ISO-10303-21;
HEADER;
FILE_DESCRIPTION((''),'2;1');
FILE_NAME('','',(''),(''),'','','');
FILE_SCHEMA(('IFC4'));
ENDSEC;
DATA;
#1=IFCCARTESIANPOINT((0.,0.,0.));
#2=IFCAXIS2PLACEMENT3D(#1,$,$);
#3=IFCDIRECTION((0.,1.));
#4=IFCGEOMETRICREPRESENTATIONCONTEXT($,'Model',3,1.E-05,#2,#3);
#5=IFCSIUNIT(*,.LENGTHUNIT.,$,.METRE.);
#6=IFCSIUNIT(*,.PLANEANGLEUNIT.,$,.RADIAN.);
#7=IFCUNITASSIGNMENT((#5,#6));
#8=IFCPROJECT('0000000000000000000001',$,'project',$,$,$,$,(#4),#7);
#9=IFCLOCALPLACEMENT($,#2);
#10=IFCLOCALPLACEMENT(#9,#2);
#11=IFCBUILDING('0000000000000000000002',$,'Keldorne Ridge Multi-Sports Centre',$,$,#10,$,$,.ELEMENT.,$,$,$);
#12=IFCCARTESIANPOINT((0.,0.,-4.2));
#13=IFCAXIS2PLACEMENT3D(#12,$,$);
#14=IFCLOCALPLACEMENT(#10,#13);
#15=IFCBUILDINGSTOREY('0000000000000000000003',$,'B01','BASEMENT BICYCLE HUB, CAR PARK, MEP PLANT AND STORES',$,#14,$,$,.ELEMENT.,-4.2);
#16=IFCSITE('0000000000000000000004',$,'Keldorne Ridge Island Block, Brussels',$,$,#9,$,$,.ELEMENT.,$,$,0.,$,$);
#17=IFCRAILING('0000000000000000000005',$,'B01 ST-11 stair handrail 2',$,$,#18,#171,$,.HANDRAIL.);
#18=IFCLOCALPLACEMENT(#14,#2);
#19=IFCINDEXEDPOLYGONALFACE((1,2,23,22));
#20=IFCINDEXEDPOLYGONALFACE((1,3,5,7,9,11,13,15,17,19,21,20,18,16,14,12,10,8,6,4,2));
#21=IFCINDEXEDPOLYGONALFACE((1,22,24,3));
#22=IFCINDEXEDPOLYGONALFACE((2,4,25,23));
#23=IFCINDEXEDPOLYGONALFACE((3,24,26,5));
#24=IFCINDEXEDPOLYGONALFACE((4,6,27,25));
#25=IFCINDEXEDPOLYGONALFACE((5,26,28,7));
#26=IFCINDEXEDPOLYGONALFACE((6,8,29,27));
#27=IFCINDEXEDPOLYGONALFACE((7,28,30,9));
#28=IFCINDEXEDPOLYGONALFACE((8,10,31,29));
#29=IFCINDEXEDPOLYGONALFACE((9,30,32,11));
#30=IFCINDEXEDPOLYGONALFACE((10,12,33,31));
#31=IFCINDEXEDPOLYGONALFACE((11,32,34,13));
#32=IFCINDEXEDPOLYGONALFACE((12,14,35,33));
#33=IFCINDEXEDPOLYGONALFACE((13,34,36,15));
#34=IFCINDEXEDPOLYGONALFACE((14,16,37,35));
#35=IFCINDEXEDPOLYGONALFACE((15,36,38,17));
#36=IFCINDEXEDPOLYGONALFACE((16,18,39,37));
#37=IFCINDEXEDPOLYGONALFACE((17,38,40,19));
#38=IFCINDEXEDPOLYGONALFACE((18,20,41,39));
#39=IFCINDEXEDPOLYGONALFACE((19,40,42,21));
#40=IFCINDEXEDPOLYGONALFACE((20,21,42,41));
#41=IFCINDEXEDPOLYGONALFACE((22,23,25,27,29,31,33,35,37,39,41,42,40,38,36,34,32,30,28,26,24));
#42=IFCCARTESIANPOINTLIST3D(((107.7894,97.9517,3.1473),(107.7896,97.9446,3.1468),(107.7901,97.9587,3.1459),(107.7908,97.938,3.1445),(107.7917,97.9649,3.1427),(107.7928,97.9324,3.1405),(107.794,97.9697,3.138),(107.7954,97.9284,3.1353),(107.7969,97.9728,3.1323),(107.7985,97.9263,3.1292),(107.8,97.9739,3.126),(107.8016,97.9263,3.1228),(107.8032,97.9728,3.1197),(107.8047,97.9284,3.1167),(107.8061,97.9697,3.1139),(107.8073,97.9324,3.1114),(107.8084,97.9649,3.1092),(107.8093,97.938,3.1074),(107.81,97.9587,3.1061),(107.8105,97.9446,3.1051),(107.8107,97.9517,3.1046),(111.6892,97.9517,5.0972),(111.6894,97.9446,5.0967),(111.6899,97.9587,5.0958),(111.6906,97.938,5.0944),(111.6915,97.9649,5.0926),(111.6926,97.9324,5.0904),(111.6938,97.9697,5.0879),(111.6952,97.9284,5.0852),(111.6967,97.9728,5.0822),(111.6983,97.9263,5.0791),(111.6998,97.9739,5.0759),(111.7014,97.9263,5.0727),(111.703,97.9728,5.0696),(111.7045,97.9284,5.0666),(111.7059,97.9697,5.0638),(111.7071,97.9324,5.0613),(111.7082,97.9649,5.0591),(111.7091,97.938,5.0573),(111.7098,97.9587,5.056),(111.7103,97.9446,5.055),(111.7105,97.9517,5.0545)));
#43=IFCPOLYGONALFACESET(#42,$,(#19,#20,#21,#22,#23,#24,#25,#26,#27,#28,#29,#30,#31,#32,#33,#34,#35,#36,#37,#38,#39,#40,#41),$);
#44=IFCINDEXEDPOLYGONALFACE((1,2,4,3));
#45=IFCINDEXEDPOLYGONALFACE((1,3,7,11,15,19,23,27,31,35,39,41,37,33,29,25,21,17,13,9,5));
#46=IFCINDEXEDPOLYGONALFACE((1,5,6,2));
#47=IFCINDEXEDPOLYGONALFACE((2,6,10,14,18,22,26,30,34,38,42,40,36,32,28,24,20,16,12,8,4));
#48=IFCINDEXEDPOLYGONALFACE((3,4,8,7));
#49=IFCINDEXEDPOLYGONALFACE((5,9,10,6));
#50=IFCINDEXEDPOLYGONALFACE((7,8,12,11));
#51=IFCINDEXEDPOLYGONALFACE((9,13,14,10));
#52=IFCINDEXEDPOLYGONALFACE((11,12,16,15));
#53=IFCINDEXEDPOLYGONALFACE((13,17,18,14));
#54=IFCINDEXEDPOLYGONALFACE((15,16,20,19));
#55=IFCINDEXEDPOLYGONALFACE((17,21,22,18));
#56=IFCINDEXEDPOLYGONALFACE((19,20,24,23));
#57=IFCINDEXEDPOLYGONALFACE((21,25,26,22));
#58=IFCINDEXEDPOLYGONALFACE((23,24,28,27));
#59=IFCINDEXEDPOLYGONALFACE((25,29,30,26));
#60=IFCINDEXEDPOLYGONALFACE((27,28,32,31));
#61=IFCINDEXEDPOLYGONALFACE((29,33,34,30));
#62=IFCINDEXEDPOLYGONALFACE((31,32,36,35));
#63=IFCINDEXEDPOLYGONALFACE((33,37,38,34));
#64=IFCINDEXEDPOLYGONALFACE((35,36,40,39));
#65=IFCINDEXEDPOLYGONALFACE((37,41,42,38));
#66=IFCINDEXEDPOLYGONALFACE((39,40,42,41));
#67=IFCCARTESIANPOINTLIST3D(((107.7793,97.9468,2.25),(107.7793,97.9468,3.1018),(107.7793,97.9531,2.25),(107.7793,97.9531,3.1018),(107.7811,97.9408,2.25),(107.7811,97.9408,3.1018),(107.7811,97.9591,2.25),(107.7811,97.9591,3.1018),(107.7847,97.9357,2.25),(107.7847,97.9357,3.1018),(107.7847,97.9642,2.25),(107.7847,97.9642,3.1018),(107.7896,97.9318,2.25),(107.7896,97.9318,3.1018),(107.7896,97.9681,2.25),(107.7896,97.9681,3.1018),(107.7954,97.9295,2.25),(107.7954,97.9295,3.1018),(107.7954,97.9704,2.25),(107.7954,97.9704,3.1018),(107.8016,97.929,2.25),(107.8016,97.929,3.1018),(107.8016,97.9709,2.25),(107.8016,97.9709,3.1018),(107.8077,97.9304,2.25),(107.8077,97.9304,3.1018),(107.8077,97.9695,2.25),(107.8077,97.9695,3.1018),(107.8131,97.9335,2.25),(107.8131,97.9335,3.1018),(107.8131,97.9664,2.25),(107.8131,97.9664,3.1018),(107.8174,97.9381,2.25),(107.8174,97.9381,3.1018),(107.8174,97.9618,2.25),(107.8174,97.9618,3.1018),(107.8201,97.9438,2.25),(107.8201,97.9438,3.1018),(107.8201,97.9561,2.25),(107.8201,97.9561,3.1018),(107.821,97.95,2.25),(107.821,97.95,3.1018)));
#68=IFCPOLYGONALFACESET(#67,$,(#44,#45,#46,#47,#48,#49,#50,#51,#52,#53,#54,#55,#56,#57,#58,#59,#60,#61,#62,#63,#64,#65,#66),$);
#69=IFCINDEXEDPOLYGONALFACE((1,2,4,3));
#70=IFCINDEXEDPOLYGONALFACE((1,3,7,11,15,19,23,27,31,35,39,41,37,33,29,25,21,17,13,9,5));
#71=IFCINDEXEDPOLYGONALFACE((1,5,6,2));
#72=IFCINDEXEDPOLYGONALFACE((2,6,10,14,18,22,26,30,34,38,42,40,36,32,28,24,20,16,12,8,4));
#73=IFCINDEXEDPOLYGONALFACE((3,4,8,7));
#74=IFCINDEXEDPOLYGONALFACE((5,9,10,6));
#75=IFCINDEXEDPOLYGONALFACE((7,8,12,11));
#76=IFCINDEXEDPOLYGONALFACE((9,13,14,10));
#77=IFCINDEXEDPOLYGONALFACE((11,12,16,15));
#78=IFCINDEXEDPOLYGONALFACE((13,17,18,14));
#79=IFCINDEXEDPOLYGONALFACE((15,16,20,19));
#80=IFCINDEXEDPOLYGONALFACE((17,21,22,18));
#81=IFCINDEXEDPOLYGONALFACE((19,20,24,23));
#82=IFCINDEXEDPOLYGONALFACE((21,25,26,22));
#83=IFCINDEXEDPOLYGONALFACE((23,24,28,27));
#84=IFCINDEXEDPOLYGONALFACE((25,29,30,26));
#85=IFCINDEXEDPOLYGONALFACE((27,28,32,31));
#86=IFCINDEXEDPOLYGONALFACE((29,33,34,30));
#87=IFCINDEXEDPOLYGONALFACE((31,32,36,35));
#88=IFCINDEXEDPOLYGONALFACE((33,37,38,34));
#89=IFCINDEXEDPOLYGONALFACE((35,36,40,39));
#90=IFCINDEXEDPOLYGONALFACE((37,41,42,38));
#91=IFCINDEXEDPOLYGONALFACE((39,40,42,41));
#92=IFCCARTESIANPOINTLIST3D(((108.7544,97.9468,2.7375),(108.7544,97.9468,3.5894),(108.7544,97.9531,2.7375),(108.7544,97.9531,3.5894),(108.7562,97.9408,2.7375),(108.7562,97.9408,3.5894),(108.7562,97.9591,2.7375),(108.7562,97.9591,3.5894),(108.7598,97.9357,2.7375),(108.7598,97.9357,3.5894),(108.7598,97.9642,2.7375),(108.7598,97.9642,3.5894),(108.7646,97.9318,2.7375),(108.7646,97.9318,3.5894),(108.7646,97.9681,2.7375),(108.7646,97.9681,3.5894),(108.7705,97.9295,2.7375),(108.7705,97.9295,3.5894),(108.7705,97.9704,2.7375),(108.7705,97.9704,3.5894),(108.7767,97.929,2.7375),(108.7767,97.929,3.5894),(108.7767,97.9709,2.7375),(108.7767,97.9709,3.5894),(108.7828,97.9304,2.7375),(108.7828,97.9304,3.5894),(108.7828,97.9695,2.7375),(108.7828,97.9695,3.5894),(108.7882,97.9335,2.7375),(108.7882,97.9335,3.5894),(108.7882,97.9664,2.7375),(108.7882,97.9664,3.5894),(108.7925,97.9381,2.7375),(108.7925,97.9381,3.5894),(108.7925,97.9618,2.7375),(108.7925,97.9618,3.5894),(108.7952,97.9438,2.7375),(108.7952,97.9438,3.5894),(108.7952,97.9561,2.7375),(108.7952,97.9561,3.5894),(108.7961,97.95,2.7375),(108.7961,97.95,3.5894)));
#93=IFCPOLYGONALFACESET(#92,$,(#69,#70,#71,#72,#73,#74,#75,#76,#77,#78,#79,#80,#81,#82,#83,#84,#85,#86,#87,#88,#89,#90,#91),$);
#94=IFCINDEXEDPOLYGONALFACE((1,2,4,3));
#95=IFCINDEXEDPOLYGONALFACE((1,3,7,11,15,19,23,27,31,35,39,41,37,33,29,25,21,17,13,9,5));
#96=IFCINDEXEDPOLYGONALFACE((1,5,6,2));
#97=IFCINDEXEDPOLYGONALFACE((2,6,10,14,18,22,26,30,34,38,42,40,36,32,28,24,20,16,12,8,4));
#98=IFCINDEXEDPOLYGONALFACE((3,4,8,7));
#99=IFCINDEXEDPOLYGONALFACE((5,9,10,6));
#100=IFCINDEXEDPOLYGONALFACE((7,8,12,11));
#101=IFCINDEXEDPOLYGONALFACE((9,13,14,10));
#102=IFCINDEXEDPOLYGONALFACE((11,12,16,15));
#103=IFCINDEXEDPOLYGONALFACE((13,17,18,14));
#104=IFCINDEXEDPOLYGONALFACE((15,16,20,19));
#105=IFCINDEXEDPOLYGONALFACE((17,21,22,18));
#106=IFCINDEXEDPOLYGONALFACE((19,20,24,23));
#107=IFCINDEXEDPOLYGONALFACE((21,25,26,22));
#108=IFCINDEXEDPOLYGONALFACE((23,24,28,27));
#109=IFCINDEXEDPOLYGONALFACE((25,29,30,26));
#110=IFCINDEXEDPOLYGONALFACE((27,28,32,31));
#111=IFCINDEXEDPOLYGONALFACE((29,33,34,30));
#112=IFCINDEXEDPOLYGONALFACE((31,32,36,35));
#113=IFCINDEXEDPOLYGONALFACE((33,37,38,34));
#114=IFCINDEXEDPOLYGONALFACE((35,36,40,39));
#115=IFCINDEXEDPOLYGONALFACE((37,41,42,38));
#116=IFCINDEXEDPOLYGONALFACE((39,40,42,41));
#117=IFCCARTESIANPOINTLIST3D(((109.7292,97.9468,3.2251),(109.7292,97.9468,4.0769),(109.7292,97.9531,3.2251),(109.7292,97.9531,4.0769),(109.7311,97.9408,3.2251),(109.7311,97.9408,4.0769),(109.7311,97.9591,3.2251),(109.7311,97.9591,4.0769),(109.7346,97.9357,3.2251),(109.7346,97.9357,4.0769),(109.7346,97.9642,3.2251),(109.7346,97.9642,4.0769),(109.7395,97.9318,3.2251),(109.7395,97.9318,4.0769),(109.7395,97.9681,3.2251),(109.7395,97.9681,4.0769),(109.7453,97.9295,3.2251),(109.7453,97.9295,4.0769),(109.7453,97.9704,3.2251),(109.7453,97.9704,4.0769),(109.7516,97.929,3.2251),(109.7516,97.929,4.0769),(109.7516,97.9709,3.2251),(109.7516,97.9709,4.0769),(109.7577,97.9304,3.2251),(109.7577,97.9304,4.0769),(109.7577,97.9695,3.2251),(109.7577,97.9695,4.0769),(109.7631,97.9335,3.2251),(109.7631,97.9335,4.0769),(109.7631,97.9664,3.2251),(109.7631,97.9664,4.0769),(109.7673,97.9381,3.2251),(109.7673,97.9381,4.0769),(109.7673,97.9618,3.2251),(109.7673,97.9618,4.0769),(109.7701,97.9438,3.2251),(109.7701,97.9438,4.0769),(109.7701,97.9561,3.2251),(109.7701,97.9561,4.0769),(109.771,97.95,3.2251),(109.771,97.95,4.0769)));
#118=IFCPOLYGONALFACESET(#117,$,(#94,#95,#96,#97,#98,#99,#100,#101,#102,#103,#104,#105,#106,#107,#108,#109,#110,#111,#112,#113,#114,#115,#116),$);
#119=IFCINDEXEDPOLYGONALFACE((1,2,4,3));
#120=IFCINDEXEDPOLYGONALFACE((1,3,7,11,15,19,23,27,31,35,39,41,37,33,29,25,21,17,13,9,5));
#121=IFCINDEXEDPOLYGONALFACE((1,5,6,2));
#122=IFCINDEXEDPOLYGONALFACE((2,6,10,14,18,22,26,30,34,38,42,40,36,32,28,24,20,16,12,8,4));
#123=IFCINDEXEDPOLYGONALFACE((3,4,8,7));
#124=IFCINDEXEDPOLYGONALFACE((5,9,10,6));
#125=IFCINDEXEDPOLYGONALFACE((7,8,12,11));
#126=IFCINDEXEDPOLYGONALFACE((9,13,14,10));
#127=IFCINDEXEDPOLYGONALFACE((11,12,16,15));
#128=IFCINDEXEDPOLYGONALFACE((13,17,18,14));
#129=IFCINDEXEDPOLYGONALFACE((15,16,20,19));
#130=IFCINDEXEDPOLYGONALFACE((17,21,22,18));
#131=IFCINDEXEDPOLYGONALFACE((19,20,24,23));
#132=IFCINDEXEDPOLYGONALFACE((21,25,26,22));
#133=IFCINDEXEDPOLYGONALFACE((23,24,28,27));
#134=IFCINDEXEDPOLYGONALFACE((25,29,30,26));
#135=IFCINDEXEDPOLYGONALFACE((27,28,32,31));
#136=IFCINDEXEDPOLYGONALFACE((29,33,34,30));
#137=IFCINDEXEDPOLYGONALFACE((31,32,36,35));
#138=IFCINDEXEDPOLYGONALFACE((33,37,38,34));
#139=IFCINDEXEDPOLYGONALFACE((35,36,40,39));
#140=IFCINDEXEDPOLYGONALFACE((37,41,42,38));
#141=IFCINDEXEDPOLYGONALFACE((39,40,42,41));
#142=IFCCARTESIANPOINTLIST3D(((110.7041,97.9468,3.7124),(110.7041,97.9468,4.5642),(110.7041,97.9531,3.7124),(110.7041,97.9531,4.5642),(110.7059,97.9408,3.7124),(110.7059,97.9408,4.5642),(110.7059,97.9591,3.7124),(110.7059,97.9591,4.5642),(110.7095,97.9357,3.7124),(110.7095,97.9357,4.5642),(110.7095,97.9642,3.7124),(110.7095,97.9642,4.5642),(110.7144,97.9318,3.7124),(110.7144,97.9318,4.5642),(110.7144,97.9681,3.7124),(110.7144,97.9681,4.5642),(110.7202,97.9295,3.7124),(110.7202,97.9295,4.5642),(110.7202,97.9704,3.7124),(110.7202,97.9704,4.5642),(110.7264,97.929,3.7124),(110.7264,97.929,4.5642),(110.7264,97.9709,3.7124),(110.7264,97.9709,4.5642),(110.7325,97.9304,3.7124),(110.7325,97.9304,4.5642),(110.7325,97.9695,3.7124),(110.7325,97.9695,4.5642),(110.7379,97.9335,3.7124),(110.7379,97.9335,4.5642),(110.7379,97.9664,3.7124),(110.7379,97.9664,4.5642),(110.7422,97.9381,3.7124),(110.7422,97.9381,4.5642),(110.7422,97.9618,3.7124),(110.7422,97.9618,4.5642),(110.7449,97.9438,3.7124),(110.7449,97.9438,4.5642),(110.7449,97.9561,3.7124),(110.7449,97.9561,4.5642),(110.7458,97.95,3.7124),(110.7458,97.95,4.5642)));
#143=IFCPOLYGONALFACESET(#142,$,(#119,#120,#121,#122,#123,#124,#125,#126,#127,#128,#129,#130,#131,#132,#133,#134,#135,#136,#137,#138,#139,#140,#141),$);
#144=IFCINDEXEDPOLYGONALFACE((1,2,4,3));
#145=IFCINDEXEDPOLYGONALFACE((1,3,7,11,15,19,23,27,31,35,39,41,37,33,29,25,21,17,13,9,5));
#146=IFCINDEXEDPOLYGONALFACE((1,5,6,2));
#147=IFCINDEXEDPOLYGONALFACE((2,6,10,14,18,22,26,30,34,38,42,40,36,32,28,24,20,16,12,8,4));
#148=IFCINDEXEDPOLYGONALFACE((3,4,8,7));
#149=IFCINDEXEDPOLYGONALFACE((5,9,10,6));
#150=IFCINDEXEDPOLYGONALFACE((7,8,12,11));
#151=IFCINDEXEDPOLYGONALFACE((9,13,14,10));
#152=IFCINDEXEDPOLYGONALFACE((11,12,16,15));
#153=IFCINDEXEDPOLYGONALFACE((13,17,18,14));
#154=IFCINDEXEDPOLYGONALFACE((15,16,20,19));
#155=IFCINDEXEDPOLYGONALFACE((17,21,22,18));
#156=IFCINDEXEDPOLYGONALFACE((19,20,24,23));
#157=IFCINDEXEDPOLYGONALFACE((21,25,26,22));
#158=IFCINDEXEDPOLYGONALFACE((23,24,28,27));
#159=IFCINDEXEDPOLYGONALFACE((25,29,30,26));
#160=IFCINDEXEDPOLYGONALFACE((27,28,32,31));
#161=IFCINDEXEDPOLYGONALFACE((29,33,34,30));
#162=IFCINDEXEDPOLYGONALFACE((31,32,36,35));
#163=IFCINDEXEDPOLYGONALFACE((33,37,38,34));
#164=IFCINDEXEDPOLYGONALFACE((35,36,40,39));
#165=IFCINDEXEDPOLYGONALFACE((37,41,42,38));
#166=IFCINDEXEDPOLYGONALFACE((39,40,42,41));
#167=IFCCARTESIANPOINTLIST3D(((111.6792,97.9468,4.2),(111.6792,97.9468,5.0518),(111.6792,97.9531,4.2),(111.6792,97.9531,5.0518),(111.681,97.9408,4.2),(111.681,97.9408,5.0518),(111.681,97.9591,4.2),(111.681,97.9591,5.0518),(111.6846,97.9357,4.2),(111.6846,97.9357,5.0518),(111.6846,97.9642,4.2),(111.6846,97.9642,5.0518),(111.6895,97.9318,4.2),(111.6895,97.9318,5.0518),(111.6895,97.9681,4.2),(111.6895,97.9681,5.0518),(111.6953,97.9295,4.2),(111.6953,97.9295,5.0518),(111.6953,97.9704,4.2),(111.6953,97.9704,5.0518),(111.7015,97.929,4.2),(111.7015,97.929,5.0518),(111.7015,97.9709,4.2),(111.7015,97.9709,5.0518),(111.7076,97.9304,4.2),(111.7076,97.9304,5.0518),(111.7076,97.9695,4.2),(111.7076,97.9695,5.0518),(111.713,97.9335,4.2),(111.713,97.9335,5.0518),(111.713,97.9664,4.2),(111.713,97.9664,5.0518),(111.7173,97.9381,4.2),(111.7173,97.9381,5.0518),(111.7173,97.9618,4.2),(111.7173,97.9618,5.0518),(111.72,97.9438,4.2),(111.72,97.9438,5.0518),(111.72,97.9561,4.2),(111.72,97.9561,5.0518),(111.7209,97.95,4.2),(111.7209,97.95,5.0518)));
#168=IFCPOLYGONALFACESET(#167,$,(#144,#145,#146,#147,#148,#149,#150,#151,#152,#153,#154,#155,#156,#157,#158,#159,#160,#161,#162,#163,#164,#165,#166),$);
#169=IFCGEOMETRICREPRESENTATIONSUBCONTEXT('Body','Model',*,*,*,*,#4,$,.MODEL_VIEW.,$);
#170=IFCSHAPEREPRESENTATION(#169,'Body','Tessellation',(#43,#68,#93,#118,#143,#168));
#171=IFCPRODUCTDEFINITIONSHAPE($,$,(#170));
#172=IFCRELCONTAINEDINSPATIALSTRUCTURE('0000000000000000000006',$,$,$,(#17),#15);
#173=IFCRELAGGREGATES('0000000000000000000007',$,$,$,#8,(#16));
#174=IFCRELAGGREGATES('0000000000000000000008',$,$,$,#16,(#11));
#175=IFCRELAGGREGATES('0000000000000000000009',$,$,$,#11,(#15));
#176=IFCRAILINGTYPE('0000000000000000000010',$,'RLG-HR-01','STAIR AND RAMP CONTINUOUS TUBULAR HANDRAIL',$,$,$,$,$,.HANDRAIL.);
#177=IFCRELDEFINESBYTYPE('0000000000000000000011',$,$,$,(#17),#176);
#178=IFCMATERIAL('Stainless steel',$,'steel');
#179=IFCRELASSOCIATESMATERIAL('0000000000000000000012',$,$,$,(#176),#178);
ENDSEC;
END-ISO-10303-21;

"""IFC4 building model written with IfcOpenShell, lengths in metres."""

from ifc_helpers import new_model, si_unit, direction, frame, origin, origin_2d, place, context, subcontext, project, spatial, circle, extrude, material, type_object, element, save


model = new_model("IFC4")

# Units and contexts
model_context = context("Model", 3, precision=1e-05, world=origin(), true_north=direction((0.0, 1.0)))
body_context = subcontext(model_context, "Body", "Model", "MODEL_VIEW")
ifc_project = project(units=[si_unit("LENGTHUNIT", "METRE"), si_unit("PLANEANGLEUNIT", "RADIAN")], contexts=[model_context])

# Site, building, storey
site_placement = place(None, origin())
site = spatial("IfcSite", under=ifc_project, at=site_placement, Name="Keldorne Ridge Island Block, Brussels", CompositionType="ELEMENT", RefElevation=0.0)
building_placement = place(site_placement, origin())
building = spatial("IfcBuilding", under=site, at=building_placement, Name="Keldorne Ridge Multi-Sports Centre", CompositionType="ELEMENT")
storey_placement = place(building_placement, frame((0.0, 0.0, -4.2)))
storey = spatial("IfcBuildingStorey", under=building, at=storey_placement, Name="B01", Description="BASEMENT BICYCLE HUB, CAR PARK, MEP PLANT AND STORES", CompositionType="ELEMENT", Elevation=-4.2)

# Shared definitions
ifc_material_1 = material(Name="Stainless steel", Category="steel")

# Railing
railing_type_1 = type_object("IfcRailingType", Name="RLG-HR-01", Description="STAIR AND RAMP CONTINUOUS TUBULAR HANDRAIL", PredefinedType="HANDRAIL", material=ifc_material_1)
railing_1_placement = place(storey_placement, frame((107.8, 97.95, 2.25)))
element("IfcRailing", 1, at=railing_1_placement, inside=storey, type_object=railing_type_1, Name="B01 ST-11 stair handrail 2", PredefinedType="HANDRAIL", context=body_context, shape_type="SweptSolid", body=[
    extrude(circle(Radius=0.0239, at=origin_2d()), frame((0.0, 0.0, 0.876), z_axis=(0.894427, 0.0, 0.447214), x_axis=(0.0, 1.0, 0.0)), (0.0, 0.0, 1.0), 4.3601),
    extrude(circle(Radius=0.021, at=origin_2d()), origin(), (0.0, 0.0, 1.0), 0.8518),
    extrude(circle(Radius=0.021, at=origin_2d()), frame((0.9751, 0.0, 0.4875)), (0.0, 0.0, 1.0), 0.8518),
    extrude(circle(Radius=0.021, at=origin_2d()), frame((1.95, 0.0, 0.9751)), (0.0, 0.0, 1.0), 0.8518),
    extrude(circle(Radius=0.021, at=origin_2d()), frame((2.9248, 0.0, 1.4624)), (0.0, 0.0, 1.0), 0.8518),
    extrude(circle(Radius=0.021, at=origin_2d()), frame((3.8999, 0.0, 1.95)), (0.0, 0.0, 1.0), 0.8518),
])

save(model, "model.ifc")
